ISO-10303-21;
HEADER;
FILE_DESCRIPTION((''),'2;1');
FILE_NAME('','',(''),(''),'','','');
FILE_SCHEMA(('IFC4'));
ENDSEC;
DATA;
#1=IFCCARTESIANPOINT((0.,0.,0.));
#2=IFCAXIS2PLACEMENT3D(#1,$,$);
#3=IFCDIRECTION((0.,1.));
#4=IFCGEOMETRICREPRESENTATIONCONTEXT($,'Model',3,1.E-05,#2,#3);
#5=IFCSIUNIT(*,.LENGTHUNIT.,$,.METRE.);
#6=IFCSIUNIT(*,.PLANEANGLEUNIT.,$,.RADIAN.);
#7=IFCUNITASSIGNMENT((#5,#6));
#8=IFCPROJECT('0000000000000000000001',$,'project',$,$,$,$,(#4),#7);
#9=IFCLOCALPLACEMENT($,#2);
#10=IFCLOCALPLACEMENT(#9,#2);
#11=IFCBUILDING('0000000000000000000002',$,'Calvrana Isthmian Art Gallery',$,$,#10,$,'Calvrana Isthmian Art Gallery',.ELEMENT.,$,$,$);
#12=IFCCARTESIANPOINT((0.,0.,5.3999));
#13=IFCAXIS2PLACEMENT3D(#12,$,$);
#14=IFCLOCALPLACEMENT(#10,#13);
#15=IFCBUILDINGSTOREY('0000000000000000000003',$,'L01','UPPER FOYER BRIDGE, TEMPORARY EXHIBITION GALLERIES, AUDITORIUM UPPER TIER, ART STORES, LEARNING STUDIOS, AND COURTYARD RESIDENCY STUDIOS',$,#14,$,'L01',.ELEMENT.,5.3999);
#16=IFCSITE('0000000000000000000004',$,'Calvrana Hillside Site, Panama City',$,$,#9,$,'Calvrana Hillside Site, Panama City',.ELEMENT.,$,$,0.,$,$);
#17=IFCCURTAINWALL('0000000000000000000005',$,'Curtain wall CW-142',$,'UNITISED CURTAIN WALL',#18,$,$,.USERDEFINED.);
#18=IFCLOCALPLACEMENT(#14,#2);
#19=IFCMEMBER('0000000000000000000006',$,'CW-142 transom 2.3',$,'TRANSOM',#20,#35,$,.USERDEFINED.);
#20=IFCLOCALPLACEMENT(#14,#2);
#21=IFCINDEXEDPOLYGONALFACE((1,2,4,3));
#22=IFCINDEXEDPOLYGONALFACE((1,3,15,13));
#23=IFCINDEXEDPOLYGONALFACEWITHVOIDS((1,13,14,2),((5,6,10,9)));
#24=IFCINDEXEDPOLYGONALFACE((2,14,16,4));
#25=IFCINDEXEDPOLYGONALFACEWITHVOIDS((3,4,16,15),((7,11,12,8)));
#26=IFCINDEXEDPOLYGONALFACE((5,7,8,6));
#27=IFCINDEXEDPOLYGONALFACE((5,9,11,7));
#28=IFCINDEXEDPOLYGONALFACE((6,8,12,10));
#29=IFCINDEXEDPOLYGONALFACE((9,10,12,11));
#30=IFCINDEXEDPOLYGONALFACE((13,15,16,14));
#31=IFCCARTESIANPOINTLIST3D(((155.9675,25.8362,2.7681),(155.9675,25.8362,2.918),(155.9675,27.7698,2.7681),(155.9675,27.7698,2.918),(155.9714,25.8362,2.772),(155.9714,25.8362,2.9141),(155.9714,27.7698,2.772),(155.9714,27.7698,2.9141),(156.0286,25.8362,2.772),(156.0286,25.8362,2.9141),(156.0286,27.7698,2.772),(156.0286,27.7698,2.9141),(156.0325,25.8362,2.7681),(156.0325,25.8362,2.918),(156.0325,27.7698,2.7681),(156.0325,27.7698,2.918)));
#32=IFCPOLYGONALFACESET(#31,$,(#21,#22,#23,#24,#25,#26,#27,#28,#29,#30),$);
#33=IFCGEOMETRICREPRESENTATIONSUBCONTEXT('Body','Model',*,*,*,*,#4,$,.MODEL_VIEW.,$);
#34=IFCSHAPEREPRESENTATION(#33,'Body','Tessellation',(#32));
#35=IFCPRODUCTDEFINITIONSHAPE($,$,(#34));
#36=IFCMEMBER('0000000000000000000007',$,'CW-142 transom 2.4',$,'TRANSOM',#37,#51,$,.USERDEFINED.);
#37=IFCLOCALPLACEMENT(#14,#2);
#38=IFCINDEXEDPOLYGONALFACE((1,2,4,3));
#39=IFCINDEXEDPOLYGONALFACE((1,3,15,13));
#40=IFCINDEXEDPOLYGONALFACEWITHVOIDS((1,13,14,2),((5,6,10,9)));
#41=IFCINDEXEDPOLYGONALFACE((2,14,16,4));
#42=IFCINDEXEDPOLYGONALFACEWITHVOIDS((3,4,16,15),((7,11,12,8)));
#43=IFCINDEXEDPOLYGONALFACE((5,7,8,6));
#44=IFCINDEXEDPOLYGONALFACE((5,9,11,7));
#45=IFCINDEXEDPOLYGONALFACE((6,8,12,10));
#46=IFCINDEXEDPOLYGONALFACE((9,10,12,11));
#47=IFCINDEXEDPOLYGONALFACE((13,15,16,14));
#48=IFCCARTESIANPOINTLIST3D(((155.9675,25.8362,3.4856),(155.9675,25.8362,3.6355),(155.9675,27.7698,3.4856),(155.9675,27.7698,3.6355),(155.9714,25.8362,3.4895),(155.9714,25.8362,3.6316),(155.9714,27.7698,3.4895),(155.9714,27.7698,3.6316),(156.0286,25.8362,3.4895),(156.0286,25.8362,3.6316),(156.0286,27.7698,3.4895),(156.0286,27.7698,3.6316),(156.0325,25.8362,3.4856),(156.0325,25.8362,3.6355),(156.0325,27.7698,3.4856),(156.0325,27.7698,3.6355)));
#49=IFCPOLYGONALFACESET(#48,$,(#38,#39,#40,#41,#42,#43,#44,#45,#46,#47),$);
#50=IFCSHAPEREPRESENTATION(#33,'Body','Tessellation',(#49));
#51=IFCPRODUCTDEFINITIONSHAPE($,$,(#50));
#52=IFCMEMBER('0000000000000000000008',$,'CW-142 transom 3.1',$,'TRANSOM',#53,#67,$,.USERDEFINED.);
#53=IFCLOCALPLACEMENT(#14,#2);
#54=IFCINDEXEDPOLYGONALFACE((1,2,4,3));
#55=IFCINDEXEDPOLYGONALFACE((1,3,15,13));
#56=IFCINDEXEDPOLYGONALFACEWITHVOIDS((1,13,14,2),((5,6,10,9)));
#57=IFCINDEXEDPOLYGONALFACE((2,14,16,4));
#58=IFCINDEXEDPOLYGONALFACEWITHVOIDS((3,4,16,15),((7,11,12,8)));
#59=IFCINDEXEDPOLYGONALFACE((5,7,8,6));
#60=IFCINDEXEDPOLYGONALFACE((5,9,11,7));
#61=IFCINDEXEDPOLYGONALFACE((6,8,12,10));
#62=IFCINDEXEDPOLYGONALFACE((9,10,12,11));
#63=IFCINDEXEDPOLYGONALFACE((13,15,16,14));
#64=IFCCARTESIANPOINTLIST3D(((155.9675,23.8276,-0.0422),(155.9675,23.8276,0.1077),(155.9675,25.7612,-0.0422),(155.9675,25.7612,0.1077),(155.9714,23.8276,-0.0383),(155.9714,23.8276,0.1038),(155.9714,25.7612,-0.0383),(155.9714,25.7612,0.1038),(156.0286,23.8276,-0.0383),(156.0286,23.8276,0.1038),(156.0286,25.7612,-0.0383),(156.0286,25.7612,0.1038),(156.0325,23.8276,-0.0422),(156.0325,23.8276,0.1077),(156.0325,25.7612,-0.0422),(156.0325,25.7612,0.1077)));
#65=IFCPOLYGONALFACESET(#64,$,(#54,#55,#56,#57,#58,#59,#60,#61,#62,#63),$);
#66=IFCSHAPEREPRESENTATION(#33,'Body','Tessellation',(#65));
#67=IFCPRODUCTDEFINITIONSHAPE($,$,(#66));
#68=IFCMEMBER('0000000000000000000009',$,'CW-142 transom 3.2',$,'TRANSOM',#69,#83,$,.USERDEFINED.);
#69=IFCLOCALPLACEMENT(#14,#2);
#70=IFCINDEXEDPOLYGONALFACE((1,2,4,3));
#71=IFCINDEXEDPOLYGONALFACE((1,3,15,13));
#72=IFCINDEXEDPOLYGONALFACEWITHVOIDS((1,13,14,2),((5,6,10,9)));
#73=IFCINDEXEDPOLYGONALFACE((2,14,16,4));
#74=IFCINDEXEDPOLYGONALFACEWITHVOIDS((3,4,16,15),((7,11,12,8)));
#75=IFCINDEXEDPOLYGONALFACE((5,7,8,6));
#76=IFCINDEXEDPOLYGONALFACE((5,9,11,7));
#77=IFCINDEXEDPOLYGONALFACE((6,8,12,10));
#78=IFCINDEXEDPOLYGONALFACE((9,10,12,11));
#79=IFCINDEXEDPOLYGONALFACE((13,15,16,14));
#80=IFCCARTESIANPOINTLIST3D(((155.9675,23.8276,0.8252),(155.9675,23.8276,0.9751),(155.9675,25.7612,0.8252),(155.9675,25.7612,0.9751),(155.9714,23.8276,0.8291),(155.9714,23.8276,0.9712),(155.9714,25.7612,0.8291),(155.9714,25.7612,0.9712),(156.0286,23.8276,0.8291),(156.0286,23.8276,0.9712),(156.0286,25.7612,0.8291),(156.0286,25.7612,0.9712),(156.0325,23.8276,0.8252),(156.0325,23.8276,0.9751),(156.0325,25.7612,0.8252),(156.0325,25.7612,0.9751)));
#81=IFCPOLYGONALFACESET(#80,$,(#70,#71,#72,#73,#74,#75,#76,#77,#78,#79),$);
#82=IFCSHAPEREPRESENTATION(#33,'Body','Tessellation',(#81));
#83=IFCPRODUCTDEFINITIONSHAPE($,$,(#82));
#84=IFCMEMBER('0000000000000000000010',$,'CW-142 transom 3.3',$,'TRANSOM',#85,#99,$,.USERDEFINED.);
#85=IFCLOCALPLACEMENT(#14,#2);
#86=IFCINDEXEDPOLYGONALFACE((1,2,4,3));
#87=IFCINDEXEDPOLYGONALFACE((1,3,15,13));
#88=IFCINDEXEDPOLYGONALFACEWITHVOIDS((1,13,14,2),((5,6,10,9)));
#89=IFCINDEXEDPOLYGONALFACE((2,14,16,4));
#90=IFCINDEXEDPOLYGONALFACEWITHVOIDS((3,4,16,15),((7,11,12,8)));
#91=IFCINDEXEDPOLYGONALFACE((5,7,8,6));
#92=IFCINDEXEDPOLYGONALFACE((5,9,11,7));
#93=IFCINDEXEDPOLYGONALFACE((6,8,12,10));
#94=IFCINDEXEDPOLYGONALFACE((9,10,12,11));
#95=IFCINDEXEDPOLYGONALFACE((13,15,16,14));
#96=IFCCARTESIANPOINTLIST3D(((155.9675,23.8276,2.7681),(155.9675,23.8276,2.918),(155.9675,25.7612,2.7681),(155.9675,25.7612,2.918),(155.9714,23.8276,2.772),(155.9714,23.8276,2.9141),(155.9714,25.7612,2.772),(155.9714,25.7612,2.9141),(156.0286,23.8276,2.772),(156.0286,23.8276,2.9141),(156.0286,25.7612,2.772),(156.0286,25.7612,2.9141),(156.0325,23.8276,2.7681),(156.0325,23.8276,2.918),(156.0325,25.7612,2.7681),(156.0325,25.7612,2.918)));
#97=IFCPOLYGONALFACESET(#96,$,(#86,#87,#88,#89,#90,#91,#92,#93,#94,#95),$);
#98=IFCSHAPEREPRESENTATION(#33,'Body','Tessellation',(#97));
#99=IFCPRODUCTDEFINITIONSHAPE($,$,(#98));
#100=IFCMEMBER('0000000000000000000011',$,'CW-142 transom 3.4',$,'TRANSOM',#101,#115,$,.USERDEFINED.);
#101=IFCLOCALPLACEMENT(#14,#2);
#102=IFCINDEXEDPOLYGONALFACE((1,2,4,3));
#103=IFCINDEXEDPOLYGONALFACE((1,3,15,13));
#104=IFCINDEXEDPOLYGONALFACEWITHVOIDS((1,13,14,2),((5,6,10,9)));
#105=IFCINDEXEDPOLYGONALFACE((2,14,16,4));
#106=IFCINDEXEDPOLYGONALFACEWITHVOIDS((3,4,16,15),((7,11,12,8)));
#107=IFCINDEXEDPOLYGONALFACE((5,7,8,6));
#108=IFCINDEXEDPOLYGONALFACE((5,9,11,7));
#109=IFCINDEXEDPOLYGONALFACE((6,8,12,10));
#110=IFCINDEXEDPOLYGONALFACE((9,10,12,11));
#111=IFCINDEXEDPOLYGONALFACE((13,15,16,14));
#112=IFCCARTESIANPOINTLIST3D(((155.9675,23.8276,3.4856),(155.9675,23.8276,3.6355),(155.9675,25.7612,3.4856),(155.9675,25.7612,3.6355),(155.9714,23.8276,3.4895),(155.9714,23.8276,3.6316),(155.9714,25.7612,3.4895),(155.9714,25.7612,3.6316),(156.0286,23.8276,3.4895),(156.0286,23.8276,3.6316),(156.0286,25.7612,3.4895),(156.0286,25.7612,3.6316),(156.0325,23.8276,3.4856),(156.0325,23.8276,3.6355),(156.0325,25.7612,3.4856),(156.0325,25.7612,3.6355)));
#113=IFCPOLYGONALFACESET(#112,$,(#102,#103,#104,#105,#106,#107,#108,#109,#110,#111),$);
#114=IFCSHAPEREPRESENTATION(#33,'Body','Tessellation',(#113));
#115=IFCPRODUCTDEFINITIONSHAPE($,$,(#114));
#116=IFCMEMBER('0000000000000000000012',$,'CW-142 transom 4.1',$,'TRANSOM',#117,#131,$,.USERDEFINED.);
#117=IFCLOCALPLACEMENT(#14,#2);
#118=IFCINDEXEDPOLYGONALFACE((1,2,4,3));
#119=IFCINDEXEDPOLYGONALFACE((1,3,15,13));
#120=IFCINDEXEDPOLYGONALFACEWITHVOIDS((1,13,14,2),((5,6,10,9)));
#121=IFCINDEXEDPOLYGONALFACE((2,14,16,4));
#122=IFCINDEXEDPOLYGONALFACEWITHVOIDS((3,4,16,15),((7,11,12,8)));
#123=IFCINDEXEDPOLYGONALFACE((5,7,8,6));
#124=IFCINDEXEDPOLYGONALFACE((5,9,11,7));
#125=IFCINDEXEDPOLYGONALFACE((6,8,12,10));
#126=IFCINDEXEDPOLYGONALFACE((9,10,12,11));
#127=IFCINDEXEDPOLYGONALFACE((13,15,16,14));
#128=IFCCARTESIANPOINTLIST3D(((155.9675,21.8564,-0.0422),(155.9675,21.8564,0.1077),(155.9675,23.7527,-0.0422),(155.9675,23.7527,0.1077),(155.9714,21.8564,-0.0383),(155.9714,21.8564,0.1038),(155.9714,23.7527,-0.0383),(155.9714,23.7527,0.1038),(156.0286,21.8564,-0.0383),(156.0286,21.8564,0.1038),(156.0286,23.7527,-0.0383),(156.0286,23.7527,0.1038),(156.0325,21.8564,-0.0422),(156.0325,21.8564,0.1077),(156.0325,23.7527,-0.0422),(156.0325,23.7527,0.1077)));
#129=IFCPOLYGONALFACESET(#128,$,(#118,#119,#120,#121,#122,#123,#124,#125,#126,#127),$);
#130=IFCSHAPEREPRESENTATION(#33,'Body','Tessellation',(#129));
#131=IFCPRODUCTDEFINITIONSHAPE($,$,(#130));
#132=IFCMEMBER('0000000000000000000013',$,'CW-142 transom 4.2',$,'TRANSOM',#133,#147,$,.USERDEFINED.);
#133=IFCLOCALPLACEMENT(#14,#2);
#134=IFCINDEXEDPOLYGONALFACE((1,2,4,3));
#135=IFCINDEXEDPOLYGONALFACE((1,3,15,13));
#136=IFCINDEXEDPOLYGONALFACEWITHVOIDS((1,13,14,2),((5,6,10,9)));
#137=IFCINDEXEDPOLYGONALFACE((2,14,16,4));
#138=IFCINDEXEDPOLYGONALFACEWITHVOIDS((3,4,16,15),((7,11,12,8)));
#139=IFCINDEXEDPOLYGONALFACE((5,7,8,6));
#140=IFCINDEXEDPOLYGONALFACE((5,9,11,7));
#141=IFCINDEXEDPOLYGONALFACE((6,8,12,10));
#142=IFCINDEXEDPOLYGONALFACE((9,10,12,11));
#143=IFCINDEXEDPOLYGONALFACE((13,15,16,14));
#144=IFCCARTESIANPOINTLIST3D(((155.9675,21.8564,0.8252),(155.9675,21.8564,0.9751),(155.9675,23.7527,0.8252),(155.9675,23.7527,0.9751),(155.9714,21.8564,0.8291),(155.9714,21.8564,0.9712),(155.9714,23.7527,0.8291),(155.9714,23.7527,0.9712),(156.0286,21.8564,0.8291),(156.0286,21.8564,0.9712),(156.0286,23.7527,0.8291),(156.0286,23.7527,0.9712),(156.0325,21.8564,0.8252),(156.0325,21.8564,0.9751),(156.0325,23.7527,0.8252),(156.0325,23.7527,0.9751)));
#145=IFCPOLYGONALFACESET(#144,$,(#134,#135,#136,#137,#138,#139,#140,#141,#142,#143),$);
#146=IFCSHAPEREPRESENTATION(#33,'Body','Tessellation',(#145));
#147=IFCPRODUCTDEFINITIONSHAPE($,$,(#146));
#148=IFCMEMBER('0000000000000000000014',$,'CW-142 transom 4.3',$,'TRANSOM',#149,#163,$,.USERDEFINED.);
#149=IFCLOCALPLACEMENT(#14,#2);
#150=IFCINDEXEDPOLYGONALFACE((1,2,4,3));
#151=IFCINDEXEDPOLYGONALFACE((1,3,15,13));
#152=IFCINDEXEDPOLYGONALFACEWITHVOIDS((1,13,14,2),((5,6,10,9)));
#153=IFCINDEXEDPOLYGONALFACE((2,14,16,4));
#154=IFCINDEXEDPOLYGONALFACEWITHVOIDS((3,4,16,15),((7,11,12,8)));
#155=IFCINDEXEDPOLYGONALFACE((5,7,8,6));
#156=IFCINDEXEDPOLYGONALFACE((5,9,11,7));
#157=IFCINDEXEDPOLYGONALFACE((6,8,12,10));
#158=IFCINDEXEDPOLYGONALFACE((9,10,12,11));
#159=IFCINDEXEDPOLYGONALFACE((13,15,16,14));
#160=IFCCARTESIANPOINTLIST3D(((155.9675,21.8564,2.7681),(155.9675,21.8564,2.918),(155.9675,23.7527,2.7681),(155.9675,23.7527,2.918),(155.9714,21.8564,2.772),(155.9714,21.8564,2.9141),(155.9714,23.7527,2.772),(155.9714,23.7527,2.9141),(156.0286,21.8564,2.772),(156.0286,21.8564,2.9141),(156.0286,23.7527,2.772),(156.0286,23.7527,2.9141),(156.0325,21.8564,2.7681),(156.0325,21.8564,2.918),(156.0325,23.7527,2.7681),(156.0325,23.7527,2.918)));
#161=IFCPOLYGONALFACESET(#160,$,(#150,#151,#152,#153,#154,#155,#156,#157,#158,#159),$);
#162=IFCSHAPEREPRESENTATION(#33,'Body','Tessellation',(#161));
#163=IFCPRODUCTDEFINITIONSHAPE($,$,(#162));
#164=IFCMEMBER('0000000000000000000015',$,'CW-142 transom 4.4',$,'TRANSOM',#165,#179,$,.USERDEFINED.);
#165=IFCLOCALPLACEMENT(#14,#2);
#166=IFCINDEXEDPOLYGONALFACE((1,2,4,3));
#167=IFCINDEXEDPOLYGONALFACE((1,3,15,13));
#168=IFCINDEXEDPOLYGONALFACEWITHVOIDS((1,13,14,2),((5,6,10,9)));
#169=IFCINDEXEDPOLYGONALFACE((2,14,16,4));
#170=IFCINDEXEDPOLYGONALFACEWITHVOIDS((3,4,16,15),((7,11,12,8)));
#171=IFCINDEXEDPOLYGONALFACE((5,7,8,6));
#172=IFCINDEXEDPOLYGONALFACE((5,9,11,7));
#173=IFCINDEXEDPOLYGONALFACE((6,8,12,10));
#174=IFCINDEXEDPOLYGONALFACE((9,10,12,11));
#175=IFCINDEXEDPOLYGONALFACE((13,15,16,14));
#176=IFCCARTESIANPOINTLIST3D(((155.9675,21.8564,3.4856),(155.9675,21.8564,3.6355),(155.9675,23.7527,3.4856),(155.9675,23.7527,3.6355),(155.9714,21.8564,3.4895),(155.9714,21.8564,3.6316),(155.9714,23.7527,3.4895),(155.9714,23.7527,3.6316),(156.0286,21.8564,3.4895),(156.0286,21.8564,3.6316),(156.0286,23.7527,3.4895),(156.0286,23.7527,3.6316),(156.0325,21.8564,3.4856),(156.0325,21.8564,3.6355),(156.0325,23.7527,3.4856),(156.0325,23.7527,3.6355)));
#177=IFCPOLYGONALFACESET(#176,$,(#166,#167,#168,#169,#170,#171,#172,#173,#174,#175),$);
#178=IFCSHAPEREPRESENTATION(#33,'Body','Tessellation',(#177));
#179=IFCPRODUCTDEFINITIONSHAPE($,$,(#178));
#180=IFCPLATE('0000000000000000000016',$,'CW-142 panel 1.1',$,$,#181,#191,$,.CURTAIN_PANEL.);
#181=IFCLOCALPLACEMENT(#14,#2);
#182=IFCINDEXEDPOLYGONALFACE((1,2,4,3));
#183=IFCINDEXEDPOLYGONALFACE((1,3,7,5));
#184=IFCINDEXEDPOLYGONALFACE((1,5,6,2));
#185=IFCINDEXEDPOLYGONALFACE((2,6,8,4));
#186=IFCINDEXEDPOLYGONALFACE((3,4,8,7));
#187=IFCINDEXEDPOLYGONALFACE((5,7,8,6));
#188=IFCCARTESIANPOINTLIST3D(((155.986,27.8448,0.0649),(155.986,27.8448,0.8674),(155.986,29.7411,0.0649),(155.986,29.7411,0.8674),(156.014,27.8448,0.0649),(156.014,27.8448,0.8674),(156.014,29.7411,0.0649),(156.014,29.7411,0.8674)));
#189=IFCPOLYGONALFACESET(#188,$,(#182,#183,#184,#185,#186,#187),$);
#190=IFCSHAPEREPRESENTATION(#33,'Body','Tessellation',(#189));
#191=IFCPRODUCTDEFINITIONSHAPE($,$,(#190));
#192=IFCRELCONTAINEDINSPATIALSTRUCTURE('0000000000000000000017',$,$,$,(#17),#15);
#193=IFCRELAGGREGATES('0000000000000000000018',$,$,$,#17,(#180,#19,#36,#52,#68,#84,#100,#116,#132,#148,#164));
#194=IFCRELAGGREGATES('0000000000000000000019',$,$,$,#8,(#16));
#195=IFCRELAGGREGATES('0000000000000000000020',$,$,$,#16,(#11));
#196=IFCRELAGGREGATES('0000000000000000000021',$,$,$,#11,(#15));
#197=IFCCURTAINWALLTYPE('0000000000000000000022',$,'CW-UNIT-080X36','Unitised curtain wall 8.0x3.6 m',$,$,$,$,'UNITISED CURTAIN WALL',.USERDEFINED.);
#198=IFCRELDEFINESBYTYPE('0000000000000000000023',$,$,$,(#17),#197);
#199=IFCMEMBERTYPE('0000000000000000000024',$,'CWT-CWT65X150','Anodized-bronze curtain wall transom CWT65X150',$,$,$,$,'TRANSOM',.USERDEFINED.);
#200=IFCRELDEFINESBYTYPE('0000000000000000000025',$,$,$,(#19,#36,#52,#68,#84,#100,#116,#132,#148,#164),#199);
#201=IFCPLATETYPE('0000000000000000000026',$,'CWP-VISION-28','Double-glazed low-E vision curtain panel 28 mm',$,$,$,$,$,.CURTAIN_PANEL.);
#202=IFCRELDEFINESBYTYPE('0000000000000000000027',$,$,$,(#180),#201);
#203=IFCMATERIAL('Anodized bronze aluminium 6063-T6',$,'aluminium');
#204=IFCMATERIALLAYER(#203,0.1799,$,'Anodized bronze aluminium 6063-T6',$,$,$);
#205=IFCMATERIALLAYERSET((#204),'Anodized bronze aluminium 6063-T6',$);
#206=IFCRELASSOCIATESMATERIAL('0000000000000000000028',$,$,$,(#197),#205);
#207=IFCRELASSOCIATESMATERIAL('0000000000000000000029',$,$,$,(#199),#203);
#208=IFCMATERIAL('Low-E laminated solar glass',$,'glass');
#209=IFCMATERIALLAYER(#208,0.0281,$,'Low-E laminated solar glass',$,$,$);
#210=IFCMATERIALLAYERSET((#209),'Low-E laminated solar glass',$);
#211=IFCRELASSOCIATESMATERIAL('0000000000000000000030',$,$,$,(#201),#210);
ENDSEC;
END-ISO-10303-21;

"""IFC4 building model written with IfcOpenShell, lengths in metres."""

from ifc_helpers import new_model, si_unit, direction, frame, origin, origin_2d, place, context, subcontext, project, spatial, rectangle, hollow_rectangle, extrude, material, layer, layer_set, material_profile, profile_set, type_object, element, aggregate, save


model = new_model("IFC4")

# Units and contexts
model_context = context("Model", 3, precision=1e-05, world=origin(), true_north=direction((0.0, 1.0)))
body_context = subcontext(model_context, "Body", "Model", "MODEL_VIEW")
ifc_project = project(units=[si_unit("LENGTHUNIT", "METRE"), si_unit("PLANEANGLEUNIT", "RADIAN")], contexts=[model_context])

# Site, building, storey
site_placement = place(None, origin())
site = spatial("IfcSite", under=ifc_project, at=site_placement, Name="Calvrana Hillside Site, Panama City", LongName="Calvrana Hillside Site, Panama City", CompositionType="ELEMENT", RefElevation=0.0)
building_placement = place(site_placement, origin())
building = spatial("IfcBuilding", under=site, at=building_placement, Name="Calvrana Isthmian Art Gallery", LongName="Calvrana Isthmian Art Gallery", CompositionType="ELEMENT")
storey_placement = place(building_placement, frame((0.0, 0.0, 5.3999)))
storey = spatial("IfcBuildingStorey", under=building, at=storey_placement, Name="L01", Description="UPPER FOYER BRIDGE, TEMPORARY EXHIBITION GALLERIES, AUDITORIUM UPPER TIER, ART STORES, LEARNING STUDIOS, AND COURTYARD RESIDENCY STUDIOS", LongName="L01", CompositionType="ELEMENT", Elevation=5.3999)

# Curtain wall, members, plate
ifc_material_1 = material(Name="Anodized bronze aluminium 6063-T6", Category="aluminium")
ifc_layer_1 = layer(ifc_material_1, 0.1799, Name="Anodized bronze aluminium 6063-T6")
ifc_layer_set_1 = layer_set([ifc_layer_1], Name="Anodized bronze aluminium 6063-T6")
curtain_wall_type = type_object("IfcCurtainWallType", Name="CW-UNIT-080X36", Description="Unitised curtain wall 8.0x3.6 m", ElementType="UNITISED CURTAIN WALL", PredefinedType="USERDEFINED", material=ifc_layer_set_1)
curtain_wall_placement = place(storey_placement, origin())
curtain_wall = element("IfcCurtainWall", 1, at=curtain_wall_placement, inside=storey, type_object=curtain_wall_type, Name="Curtain wall CW-142", ObjectType="UNITISED CURTAIN WALL", PredefinedType="USERDEFINED")
ifc_material_profile_1 = material_profile(ifc_material_1, hollow_rectangle(XDim=0.0649, YDim=0.1499, WallThickness=0.0039, at=origin_2d()), Name="CWT65X150")
ifc_profile_set_1 = profile_set([ifc_material_profile_1], Name="Anodized bronze aluminium 6063-T6")
member_type_1 = type_object("IfcMemberType", Name="CWT-CWT65X150", Description="Anodized-bronze curtain wall transom CWT65X150", ElementType="TRANSOM", PredefinedType="USERDEFINED", material=ifc_profile_set_1)
member_1_placement = place(storey_placement, frame((156.0, 27.7698, 2.843), z_axis=(0.0, -1.0, 0.0), x_axis=(1.0, 0.0, 0.0)))
member_1 = element("IfcMember", 2, at=member_1_placement, type_object=member_type_1, Name="CW-142 transom 2.3", ObjectType="TRANSOM", PredefinedType="USERDEFINED", context=body_context, shape_type="SweptSolid", body=[
    extrude(hollow_rectangle(XDim=0.0649, YDim=0.1499, WallThickness=0.0039, at=origin_2d()), origin(), (0.0, 0.0, 1.0), 1.9336),
])
member_2_placement = place(storey_placement, frame((156.0, 27.7698, 3.5605), z_axis=(0.0, -1.0, 0.0), x_axis=(1.0, 0.0, 0.0)))
member_2 = element("IfcMember", 3, at=member_2_placement, type_object=member_type_1, Name="CW-142 transom 2.4", ObjectType="TRANSOM", PredefinedType="USERDEFINED", context=body_context, shape_type="SweptSolid", body=[
    extrude(hollow_rectangle(XDim=0.0649, YDim=0.1499, WallThickness=0.0039, at=origin_2d()), origin(), (0.0, 0.0, 1.0), 1.9336),
])
member_3_placement = place(storey_placement, frame((156.0, 25.7612, 0.0327), z_axis=(0.0, -1.0, 0.0), x_axis=(1.0, 0.0, 0.0)))
member_3 = element("IfcMember", 4, at=member_3_placement, type_object=member_type_1, Name="CW-142 transom 3.1", ObjectType="TRANSOM", PredefinedType="USERDEFINED", context=body_context, shape_type="SweptSolid", body=[
    extrude(hollow_rectangle(XDim=0.0649, YDim=0.1499, WallThickness=0.0039, at=origin_2d()), origin(), (0.0, 0.0, 1.0), 1.9336),
])
member_4_placement = place(storey_placement, frame((156.0, 25.7612, 0.9001), z_axis=(0.0, -1.0, 0.0), x_axis=(1.0, 0.0, 0.0)))
member_4 = element("IfcMember", 5, at=member_4_placement, type_object=member_type_1, Name="CW-142 transom 3.2", ObjectType="TRANSOM", PredefinedType="USERDEFINED", context=body_context, shape_type="SweptSolid", body=[
    extrude(hollow_rectangle(XDim=0.0649, YDim=0.1499, WallThickness=0.0039, at=origin_2d()), origin(), (0.0, 0.0, 1.0), 1.9336),
])
member_5_placement = place(storey_placement, frame((156.0, 25.7612, 2.843), z_axis=(0.0, -1.0, 0.0), x_axis=(1.0, 0.0, 0.0)))
member_5 = element("IfcMember", 6, at=member_5_placement, type_object=member_type_1, Name="CW-142 transom 3.3", ObjectType="TRANSOM", PredefinedType="USERDEFINED", context=body_context, shape_type="SweptSolid", body=[
    extrude(hollow_rectangle(XDim=0.0649, YDim=0.1499, WallThickness=0.0039, at=origin_2d()), origin(), (0.0, 0.0, 1.0), 1.9336),
])
member_6_placement = place(storey_placement, frame((156.0, 25.7612, 3.5605), z_axis=(0.0, -1.0, 0.0), x_axis=(1.0, 0.0, 0.0)))
member_6 = element("IfcMember", 7, at=member_6_placement, type_object=member_type_1, Name="CW-142 transom 3.4", ObjectType="TRANSOM", PredefinedType="USERDEFINED", context=body_context, shape_type="SweptSolid", body=[
    extrude(hollow_rectangle(XDim=0.0649, YDim=0.1499, WallThickness=0.0039, at=origin_2d()), origin(), (0.0, 0.0, 1.0), 1.9336),
])
member_7_placement = place(storey_placement, frame((156.0, 23.7527, 0.0327), z_axis=(0.0, -1.0, 0.0), x_axis=(1.0, 0.0, 0.0)))
member_7 = element("IfcMember", 8, at=member_7_placement, type_object=member_type_1, Name="CW-142 transom 4.1", ObjectType="TRANSOM", PredefinedType="USERDEFINED", context=body_context, shape_type="SweptSolid", body=[
    extrude(hollow_rectangle(XDim=0.0649, YDim=0.1499, WallThickness=0.0039, at=origin_2d()), origin(), (0.0, 0.0, 1.0), 1.8962),
])
member_8_placement = place(storey_placement, frame((156.0, 23.7527, 0.9001), z_axis=(0.0, -1.0, 0.0), x_axis=(1.0, 0.0, 0.0)))
member_8 = element("IfcMember", 9, at=member_8_placement, type_object=member_type_1, Name="CW-142 transom 4.2", ObjectType="TRANSOM", PredefinedType="USERDEFINED", context=body_context, shape_type="SweptSolid", body=[
    extrude(hollow_rectangle(XDim=0.0649, YDim=0.1499, WallThickness=0.0039, at=origin_2d()), origin(), (0.0, 0.0, 1.0), 1.8962),
])
member_9_placement = place(storey_placement, frame((156.0, 23.7527, 2.843), z_axis=(0.0, -1.0, 0.0), x_axis=(1.0, 0.0, 0.0)))
member_9 = element("IfcMember", 10, at=member_9_placement, type_object=member_type_1, Name="CW-142 transom 4.3", ObjectType="TRANSOM", PredefinedType="USERDEFINED", context=body_context, shape_type="SweptSolid", body=[
    extrude(hollow_rectangle(XDim=0.0649, YDim=0.1499, WallThickness=0.0039, at=origin_2d()), origin(), (0.0, 0.0, 1.0), 1.8962),
])
member_10_placement = place(storey_placement, frame((156.0, 23.7527, 3.5605), z_axis=(0.0, -1.0, 0.0), x_axis=(1.0, 0.0, 0.0)))
member_10 = element("IfcMember", 11, at=member_10_placement, type_object=member_type_1, Name="CW-142 transom 4.4", ObjectType="TRANSOM", PredefinedType="USERDEFINED", context=body_context, shape_type="SweptSolid", body=[
    extrude(hollow_rectangle(XDim=0.0649, YDim=0.1499, WallThickness=0.0039, at=origin_2d()), origin(), (0.0, 0.0, 1.0), 1.8962),
])
ifc_material_2 = material(Name="Low-E laminated solar glass", Category="glass")
ifc_layer_2 = layer(ifc_material_2, 0.0281, Name="Low-E laminated solar glass")
ifc_layer_set_2 = layer_set([ifc_layer_2], Name="Low-E laminated solar glass")
plate_type = type_object("IfcPlateType", Name="CWP-VISION-28", Description="Double-glazed low-E vision curtain panel 28 mm", PredefinedType="CURTAIN_PANEL", material=ifc_layer_set_2)
plate_1_placement = place(storey_placement, frame((156.0, 28.793, 0.0649), z_axis=(0.0, 0.0, 1.0), x_axis=(0.0, -1.0, 0.0)))
plate_1 = element("IfcPlate", 12, at=plate_1_placement, type_object=plate_type, Name="CW-142 panel 1.1", PredefinedType="CURTAIN_PANEL", context=body_context, shape_type="SweptSolid", body=[
    extrude(rectangle(XDim=1.8962, YDim=0.0281, at=origin_2d()), origin(), (0.0, 0.0, 1.0), 0.8025),
])
aggregate(curtain_wall, [plate_1, member_1, member_2, member_3, member_4, member_5, member_6, member_7, member_8, member_9, member_10])

save(model, "model.ifc")
